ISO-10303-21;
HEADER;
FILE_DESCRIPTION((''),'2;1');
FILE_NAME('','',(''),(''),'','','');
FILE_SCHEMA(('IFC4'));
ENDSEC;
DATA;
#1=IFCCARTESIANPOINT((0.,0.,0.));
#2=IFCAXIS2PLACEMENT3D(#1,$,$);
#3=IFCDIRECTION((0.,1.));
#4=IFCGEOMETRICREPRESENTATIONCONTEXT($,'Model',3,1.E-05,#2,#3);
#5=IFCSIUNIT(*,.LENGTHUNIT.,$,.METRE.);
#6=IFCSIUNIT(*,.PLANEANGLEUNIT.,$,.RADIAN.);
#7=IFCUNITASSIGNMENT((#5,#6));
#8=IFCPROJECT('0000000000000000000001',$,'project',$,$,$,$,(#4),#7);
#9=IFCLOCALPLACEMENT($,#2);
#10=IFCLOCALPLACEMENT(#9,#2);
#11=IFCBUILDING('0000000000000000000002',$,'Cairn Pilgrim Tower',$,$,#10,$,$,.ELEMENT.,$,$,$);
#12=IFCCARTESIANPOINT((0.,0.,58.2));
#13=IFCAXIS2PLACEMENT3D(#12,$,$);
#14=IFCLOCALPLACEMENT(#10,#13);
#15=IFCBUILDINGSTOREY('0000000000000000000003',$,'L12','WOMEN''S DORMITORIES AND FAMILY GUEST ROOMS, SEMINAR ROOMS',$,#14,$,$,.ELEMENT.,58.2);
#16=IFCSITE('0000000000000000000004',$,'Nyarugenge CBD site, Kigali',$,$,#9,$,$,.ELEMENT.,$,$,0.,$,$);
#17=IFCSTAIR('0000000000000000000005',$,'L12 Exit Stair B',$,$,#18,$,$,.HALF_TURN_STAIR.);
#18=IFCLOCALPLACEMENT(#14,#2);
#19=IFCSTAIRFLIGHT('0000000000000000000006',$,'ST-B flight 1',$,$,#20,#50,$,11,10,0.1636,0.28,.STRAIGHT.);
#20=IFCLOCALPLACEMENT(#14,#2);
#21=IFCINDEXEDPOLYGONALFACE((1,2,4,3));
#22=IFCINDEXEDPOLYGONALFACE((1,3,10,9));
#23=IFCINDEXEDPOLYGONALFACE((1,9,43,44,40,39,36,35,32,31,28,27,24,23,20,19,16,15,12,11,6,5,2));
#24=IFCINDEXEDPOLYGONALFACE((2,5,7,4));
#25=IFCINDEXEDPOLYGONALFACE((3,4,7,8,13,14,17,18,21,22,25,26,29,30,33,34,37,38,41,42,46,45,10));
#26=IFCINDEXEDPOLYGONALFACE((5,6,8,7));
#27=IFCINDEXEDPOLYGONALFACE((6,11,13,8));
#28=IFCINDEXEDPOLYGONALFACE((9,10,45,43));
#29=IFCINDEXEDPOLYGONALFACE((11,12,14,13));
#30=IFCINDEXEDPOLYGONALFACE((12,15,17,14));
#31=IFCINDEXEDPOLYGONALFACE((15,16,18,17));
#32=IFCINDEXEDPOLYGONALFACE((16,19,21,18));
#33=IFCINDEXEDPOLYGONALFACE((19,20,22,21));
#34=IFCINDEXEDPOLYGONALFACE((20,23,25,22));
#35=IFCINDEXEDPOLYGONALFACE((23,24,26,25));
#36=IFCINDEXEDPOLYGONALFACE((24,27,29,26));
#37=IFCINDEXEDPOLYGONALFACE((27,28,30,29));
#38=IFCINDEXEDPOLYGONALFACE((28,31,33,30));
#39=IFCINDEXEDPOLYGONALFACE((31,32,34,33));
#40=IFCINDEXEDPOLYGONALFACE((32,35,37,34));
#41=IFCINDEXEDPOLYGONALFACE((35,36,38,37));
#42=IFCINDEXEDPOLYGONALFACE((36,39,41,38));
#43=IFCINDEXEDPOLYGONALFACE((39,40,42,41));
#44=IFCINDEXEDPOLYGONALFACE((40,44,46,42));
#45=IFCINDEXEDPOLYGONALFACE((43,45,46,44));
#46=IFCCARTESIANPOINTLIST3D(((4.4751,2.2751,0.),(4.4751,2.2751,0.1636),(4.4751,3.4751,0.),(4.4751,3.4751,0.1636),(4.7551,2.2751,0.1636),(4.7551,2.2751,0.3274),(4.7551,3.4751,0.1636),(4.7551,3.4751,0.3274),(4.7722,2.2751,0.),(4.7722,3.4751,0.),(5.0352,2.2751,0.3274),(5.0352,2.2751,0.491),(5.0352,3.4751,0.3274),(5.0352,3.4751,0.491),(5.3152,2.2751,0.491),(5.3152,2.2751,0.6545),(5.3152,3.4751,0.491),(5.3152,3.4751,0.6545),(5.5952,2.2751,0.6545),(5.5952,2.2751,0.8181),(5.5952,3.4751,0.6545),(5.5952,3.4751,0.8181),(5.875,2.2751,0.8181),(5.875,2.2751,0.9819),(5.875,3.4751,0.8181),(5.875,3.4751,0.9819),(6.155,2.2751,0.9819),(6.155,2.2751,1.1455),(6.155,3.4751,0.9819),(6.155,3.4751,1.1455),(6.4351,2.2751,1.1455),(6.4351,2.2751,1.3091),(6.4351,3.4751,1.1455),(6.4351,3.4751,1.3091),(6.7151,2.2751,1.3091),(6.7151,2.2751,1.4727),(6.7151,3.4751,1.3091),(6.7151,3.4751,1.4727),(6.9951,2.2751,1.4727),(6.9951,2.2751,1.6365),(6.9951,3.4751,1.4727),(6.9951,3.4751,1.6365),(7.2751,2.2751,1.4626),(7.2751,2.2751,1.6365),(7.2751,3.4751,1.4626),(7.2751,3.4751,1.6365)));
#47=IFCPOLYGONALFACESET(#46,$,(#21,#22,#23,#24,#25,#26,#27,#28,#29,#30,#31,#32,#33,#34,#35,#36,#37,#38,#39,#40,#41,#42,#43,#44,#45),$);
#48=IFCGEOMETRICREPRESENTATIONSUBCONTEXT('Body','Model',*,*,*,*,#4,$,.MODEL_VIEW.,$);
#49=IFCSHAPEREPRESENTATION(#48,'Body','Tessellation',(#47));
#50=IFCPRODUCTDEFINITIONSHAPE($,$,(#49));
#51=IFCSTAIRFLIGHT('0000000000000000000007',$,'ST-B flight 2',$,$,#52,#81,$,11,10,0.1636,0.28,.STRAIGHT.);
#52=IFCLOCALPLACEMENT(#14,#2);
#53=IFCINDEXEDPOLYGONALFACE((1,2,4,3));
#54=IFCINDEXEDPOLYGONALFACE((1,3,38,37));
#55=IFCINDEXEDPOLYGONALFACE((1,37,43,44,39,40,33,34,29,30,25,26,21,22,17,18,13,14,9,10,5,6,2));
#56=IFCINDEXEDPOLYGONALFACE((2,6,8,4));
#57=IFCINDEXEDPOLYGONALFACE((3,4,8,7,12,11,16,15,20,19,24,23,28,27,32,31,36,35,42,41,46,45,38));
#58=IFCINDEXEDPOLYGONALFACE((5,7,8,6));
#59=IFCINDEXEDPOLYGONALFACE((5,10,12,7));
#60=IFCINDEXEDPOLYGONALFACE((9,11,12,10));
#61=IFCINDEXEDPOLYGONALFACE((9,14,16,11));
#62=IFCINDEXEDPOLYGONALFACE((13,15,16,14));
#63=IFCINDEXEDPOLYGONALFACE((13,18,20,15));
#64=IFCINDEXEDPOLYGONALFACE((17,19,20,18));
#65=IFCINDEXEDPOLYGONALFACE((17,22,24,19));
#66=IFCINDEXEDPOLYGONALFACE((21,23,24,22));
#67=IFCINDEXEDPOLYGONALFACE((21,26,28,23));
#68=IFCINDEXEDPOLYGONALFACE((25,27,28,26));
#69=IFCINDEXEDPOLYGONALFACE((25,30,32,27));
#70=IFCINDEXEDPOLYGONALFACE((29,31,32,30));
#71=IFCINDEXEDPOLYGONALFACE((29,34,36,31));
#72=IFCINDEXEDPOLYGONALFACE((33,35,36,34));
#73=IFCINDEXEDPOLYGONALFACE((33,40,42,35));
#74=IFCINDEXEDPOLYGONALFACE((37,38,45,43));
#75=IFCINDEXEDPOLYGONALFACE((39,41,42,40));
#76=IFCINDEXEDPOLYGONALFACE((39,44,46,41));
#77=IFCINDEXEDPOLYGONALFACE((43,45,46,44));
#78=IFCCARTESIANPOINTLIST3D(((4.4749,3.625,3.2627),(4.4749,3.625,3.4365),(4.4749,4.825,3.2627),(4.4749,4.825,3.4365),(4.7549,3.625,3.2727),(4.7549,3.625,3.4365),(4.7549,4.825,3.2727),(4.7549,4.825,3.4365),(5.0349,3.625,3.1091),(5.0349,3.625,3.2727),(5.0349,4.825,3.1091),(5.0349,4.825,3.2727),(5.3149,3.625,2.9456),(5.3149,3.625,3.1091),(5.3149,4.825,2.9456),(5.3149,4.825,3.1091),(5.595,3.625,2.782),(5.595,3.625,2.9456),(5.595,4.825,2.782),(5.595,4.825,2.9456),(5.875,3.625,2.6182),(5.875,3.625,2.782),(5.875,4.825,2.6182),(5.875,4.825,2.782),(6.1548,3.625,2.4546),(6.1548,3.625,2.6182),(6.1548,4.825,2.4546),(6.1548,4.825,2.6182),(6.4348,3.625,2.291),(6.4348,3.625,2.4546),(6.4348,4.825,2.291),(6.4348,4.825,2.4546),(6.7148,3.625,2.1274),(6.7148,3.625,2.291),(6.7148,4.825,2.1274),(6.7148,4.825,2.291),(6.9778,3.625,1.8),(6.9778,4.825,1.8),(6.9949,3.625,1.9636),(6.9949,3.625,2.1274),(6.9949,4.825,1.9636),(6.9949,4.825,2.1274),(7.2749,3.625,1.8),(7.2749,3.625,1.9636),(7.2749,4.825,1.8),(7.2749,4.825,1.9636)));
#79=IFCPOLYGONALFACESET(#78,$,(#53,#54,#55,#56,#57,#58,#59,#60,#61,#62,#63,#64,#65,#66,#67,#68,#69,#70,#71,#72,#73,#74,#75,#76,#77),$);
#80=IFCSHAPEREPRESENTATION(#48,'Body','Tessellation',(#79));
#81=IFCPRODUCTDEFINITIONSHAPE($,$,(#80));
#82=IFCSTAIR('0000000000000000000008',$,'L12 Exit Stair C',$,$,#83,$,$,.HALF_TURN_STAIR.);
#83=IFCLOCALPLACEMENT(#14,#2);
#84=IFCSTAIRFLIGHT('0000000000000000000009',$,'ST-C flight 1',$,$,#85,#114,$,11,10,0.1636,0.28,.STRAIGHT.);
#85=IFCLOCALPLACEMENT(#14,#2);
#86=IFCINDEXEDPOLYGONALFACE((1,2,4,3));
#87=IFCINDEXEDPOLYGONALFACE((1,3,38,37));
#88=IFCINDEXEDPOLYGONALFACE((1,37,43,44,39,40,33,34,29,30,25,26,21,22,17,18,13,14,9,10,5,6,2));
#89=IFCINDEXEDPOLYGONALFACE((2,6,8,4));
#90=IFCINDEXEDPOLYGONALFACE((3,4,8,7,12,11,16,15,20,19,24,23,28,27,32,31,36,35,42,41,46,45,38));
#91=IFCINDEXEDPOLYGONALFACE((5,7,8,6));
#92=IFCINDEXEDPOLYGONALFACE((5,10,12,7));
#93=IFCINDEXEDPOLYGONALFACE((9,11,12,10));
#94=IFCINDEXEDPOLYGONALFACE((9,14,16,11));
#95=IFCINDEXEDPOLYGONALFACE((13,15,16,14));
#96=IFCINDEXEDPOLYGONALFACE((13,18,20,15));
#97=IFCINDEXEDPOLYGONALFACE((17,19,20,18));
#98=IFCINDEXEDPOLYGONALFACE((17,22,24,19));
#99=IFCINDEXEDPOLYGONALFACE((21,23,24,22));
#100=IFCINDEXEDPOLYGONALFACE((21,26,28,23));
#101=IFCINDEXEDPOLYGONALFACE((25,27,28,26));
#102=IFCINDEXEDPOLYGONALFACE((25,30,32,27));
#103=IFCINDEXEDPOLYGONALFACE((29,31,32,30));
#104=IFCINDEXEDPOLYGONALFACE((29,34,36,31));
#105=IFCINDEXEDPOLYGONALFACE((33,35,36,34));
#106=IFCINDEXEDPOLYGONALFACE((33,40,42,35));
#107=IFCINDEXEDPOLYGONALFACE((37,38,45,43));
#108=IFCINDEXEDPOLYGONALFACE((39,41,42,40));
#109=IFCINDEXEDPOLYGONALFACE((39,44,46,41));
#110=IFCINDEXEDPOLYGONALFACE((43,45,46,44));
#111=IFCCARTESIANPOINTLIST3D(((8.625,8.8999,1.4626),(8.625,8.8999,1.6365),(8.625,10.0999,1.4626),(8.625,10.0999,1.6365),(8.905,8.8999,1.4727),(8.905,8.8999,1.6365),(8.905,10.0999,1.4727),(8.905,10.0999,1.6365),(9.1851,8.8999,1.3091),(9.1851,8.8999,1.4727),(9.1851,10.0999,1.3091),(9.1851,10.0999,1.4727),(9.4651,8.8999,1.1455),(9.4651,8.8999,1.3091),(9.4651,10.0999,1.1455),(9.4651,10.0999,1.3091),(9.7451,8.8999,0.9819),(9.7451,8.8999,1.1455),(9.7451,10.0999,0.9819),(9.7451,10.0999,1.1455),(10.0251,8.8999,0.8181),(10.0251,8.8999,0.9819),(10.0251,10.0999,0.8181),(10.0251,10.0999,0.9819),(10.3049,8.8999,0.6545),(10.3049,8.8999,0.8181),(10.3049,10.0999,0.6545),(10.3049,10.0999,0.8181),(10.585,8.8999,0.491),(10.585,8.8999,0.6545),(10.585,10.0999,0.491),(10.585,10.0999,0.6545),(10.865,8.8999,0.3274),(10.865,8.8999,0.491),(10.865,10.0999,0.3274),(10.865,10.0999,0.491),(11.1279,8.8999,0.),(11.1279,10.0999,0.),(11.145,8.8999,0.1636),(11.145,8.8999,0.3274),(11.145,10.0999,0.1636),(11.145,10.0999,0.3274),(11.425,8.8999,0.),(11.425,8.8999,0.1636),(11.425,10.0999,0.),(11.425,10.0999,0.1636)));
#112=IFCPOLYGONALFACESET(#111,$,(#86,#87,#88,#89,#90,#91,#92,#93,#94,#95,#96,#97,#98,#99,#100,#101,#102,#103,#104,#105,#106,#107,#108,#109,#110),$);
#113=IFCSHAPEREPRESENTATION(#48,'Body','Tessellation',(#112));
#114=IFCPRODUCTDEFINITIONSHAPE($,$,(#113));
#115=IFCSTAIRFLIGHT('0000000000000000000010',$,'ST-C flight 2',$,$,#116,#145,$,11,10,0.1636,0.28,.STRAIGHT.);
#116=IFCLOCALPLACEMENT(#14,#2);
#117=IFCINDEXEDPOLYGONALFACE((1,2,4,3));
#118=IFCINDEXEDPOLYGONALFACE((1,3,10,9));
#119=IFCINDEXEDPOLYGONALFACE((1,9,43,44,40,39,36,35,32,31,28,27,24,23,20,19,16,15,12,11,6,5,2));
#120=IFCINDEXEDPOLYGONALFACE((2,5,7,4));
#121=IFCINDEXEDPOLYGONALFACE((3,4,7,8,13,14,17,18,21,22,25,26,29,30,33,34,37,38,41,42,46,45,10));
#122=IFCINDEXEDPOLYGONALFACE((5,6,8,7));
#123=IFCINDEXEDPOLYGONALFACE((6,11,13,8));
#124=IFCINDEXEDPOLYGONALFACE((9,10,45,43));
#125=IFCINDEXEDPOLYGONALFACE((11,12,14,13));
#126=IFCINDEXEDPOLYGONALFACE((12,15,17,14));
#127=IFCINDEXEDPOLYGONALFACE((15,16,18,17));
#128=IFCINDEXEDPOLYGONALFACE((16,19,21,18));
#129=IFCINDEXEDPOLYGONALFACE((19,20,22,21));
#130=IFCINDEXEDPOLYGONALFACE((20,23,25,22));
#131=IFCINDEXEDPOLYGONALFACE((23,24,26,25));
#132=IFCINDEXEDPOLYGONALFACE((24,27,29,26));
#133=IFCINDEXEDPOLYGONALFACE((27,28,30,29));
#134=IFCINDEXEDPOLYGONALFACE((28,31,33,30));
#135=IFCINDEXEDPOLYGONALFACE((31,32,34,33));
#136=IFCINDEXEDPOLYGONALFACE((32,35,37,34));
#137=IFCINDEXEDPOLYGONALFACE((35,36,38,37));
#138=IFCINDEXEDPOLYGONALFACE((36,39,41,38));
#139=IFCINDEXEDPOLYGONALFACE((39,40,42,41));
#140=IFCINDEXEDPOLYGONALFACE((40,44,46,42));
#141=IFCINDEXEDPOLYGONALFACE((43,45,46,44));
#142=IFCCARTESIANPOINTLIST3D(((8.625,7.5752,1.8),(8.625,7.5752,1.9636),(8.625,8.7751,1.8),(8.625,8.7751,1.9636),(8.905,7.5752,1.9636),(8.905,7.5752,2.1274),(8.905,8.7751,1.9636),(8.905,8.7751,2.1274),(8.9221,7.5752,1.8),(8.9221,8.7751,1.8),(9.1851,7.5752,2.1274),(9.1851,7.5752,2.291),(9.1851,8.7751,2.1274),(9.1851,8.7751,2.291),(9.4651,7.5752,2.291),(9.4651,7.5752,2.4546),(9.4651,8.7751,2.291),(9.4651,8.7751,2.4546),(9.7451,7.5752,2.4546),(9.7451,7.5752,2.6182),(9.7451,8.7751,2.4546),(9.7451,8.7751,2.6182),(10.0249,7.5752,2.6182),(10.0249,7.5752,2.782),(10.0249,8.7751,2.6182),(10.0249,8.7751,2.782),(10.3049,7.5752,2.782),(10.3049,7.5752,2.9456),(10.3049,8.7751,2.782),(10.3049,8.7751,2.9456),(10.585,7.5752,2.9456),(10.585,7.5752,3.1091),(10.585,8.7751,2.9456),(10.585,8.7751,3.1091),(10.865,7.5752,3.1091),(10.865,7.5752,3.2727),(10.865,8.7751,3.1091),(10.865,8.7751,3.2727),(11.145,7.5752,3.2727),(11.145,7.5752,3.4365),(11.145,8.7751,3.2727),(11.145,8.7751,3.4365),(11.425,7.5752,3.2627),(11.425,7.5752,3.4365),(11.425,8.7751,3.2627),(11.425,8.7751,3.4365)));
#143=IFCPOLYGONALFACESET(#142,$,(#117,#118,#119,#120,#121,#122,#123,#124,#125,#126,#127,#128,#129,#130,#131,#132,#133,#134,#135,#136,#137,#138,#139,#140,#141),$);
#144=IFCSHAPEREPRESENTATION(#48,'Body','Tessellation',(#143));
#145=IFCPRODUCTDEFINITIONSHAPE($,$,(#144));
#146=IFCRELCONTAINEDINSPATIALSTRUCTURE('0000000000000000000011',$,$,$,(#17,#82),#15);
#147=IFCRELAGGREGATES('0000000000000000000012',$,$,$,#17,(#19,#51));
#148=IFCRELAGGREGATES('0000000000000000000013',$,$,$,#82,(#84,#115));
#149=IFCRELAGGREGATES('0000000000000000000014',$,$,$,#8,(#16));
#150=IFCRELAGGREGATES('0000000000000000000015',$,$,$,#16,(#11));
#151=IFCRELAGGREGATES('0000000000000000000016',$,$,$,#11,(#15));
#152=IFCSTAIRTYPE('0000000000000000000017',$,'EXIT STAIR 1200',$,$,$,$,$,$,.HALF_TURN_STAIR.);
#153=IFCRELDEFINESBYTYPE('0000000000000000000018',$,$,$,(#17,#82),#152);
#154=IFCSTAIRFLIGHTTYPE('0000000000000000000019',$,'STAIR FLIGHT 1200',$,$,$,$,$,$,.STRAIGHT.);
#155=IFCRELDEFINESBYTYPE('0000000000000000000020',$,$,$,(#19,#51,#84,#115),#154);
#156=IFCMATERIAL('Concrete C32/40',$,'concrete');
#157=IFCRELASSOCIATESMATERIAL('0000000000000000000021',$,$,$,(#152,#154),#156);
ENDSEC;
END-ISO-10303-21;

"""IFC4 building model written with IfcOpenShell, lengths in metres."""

from ifc_helpers import new_model, si_unit, direction, frame, origin, place, context, subcontext, project, spatial, polyline, outline, extrude, material, type_object, element, aggregate, save


model = new_model("IFC4")

# Units and contexts
model_context = context("Model", 3, precision=1e-05, world=origin(), true_north=direction((0.0, 1.0)))
body_context = subcontext(model_context, "Body", "Model", "MODEL_VIEW")
ifc_project = project(units=[si_unit("LENGTHUNIT", "METRE"), si_unit("PLANEANGLEUNIT", "RADIAN")], contexts=[model_context])

# Site, building, storey
site_placement = place(None, origin())
site = spatial("IfcSite", under=ifc_project, at=site_placement, Name="Nyarugenge CBD site, Kigali", CompositionType="ELEMENT", RefElevation=0.0)
building_placement = place(site_placement, origin())
building = spatial("IfcBuilding", under=site, at=building_placement, Name="Cairn Pilgrim Tower", CompositionType="ELEMENT")
storey_placement = place(building_placement, frame((0.0, 0.0, 58.2)))
storey = spatial("IfcBuildingStorey", under=building, at=storey_placement, Name="L12", Description="WOMEN'S DORMITORIES AND FAMILY GUEST ROOMS, SEMINAR ROOMS", CompositionType="ELEMENT", Elevation=58.2)

# Shared definitions
ifc_material_1 = material(Name="Concrete C32/40", Category="concrete")

# Stairs, stair flights
stair_type = type_object("IfcStairType", Name="EXIT STAIR 1200", PredefinedType="HALF_TURN_STAIR", material=ifc_material_1)
stair_1_placement = place(storey_placement, origin())
stair_1 = element("IfcStair", 1, at=stair_1_placement, inside=storey, type_object=stair_type, Name="L12 Exit Stair B", PredefinedType="HALF_TURN_STAIR")
stair_flight_type = type_object("IfcStairFlightType", Name="STAIR FLIGHT 1200", PredefinedType="STRAIGHT", material=ifc_material_1)
stair_flight_1_placement = place(storey_placement, frame((4.4751, 2.875, 0.0), z_axis=(0.0, 0.0, 1.0), x_axis=(1.0, 0.0, 0.0)))
stair_flight_1 = element("IfcStairFlight", 2, at=stair_flight_1_placement, type_object=stair_flight_type, Name="ST-B flight 1", NumberOfRisers=11, NumberOfTreads=10, PredefinedType="STRAIGHT", RiserHeight=0.1636, TreadLength=0.28, context=body_context, shape_type="SweptSolid", body=[
    extrude(outline(polyline([(0.0, 0.0), (0.0, 0.1636), (0.28, 0.1636), (0.28, 0.3274), (0.5601, 0.3274), (0.5601, 0.491), (0.8401, 0.491), (0.8401, 0.6545), (1.1201, 0.6545), (1.1201, 0.8181), (1.3999, 0.8181), (1.3999, 0.9819), (1.6799, 0.9819), (1.6799, 1.1455), (1.96, 1.1455), (1.96, 1.3091), (2.24, 1.3091), (2.24, 1.4727), (2.52, 1.4727), (2.52, 1.6365), (2.8, 1.6365), (2.8, 1.8), (2.8, 1.4626), (0.2971, 0.0), (0.0, 0.0)])), frame((0.0, 0.6001, 0.0), z_axis=(0.0, -1.0, 0.0), x_axis=(1.0, 0.0, 0.0)), (0.0, 0.0, 1.0), 1.2),
])
stair_flight_2_placement = place(storey_placement, frame((7.2749, 4.2251, 1.8), z_axis=(0.0, 0.0, 1.0), x_axis=(-1.0, 0.0, 0.0)))
stair_flight_2 = element("IfcStairFlight", 3, at=stair_flight_2_placement, type_object=stair_flight_type, Name="ST-B flight 2", NumberOfRisers=11, NumberOfTreads=10, PredefinedType="STRAIGHT", RiserHeight=0.1636, TreadLength=0.28, context=body_context, shape_type="SweptSolid", body=[
    extrude(outline(polyline([(0.0, 0.0), (0.0, 0.1636), (0.28, 0.1636), (0.28, 0.3274), (0.5601, 0.3274), (0.5601, 0.491), (0.8401, 0.491), (0.8401, 0.6545), (1.1201, 0.6545), (1.1201, 0.8181), (1.3999, 0.8181), (1.3999, 0.9819), (1.6799, 0.9819), (1.6799, 1.1455), (1.96, 1.1455), (1.96, 1.3091), (2.24, 1.3091), (2.24, 1.4727), (2.52, 1.4727), (2.52, 1.6365), (2.8, 1.6365), (2.8, 1.8), (2.8, 1.4626), (0.2971, 0.0), (0.0, 0.0)])), frame((0.0, 0.6001, 0.0), z_axis=(0.0, -1.0, 0.0), x_axis=(1.0, 0.0, 0.0)), (0.0, 0.0, 1.0), 1.2),
])
aggregate(stair_1, [stair_flight_1, stair_flight_2])
stair_2_placement = place(storey_placement, origin())
stair_2 = element("IfcStair", 4, at=stair_2_placement, inside=storey, type_object=stair_type, Name="L12 Exit Stair C", PredefinedType="HALF_TURN_STAIR")
stair_flight_3_placement = place(storey_placement, frame((11.425, 9.5, 0.0), z_axis=(0.0, 0.0, 1.0), x_axis=(-1.0, 0.0, 0.0)))
stair_flight_3 = element("IfcStairFlight", 5, at=stair_flight_3_placement, type_object=stair_flight_type, Name="ST-C flight 1", NumberOfRisers=11, NumberOfTreads=10, PredefinedType="STRAIGHT", RiserHeight=0.1636, TreadLength=0.28, context=body_context, shape_type="SweptSolid", body=[
    extrude(outline(polyline([(0.0, 0.0), (0.0, 0.1636), (0.28, 0.1636), (0.28, 0.3274), (0.5601, 0.3274), (0.5601, 0.491), (0.8401, 0.491), (0.8401, 0.6545), (1.1201, 0.6545), (1.1201, 0.8181), (1.3999, 0.8181), (1.3999, 0.9819), (1.6799, 0.9819), (1.6799, 1.1455), (1.96, 1.1455), (1.96, 1.3091), (2.24, 1.3091), (2.24, 1.4727), (2.52, 1.4727), (2.52, 1.6365), (2.8, 1.6365), (2.8, 1.8), (2.8, 1.4626), (0.2971, 0.0), (0.0, 0.0)])), frame((0.0, 0.6001, 0.0), z_axis=(0.0, -1.0, 0.0), x_axis=(1.0, 0.0, 0.0)), (0.0, 0.0, 1.0), 1.2),
])
stair_flight_4_placement = place(storey_placement, frame((8.625, 8.175, 1.8), z_axis=(0.0, 0.0, 1.0), x_axis=(1.0, 0.0, 0.0)))
stair_flight_4 = element("IfcStairFlight", 6, at=stair_flight_4_placement, type_object=stair_flight_type, Name="ST-C flight 2", NumberOfRisers=11, NumberOfTreads=10, PredefinedType="STRAIGHT", RiserHeight=0.1636, TreadLength=0.28, context=body_context, shape_type="SweptSolid", body=[
    extrude(outline(polyline([(0.0, 0.0), (0.0, 0.1636), (0.28, 0.1636), (0.28, 0.3274), (0.5601, 0.3274), (0.5601, 0.491), (0.8401, 0.491), (0.8401, 0.6545), (1.1201, 0.6545), (1.1201, 0.8181), (1.3999, 0.8181), (1.3999, 0.9819), (1.6799, 0.9819), (1.6799, 1.1455), (1.96, 1.1455), (1.96, 1.3091), (2.24, 1.3091), (2.24, 1.4727), (2.52, 1.4727), (2.52, 1.6365), (2.8, 1.6365), (2.8, 1.8), (2.8, 1.4626), (0.2971, 0.0), (0.0, 0.0)])), frame((0.0, 0.6001, 0.0), z_axis=(0.0, -1.0, 0.0), x_axis=(1.0, 0.0, 0.0)), (0.0, 0.0, 1.0), 1.2),
])
aggregate(stair_2, [stair_flight_3, stair_flight_4])

save(model, "model.ifc")
